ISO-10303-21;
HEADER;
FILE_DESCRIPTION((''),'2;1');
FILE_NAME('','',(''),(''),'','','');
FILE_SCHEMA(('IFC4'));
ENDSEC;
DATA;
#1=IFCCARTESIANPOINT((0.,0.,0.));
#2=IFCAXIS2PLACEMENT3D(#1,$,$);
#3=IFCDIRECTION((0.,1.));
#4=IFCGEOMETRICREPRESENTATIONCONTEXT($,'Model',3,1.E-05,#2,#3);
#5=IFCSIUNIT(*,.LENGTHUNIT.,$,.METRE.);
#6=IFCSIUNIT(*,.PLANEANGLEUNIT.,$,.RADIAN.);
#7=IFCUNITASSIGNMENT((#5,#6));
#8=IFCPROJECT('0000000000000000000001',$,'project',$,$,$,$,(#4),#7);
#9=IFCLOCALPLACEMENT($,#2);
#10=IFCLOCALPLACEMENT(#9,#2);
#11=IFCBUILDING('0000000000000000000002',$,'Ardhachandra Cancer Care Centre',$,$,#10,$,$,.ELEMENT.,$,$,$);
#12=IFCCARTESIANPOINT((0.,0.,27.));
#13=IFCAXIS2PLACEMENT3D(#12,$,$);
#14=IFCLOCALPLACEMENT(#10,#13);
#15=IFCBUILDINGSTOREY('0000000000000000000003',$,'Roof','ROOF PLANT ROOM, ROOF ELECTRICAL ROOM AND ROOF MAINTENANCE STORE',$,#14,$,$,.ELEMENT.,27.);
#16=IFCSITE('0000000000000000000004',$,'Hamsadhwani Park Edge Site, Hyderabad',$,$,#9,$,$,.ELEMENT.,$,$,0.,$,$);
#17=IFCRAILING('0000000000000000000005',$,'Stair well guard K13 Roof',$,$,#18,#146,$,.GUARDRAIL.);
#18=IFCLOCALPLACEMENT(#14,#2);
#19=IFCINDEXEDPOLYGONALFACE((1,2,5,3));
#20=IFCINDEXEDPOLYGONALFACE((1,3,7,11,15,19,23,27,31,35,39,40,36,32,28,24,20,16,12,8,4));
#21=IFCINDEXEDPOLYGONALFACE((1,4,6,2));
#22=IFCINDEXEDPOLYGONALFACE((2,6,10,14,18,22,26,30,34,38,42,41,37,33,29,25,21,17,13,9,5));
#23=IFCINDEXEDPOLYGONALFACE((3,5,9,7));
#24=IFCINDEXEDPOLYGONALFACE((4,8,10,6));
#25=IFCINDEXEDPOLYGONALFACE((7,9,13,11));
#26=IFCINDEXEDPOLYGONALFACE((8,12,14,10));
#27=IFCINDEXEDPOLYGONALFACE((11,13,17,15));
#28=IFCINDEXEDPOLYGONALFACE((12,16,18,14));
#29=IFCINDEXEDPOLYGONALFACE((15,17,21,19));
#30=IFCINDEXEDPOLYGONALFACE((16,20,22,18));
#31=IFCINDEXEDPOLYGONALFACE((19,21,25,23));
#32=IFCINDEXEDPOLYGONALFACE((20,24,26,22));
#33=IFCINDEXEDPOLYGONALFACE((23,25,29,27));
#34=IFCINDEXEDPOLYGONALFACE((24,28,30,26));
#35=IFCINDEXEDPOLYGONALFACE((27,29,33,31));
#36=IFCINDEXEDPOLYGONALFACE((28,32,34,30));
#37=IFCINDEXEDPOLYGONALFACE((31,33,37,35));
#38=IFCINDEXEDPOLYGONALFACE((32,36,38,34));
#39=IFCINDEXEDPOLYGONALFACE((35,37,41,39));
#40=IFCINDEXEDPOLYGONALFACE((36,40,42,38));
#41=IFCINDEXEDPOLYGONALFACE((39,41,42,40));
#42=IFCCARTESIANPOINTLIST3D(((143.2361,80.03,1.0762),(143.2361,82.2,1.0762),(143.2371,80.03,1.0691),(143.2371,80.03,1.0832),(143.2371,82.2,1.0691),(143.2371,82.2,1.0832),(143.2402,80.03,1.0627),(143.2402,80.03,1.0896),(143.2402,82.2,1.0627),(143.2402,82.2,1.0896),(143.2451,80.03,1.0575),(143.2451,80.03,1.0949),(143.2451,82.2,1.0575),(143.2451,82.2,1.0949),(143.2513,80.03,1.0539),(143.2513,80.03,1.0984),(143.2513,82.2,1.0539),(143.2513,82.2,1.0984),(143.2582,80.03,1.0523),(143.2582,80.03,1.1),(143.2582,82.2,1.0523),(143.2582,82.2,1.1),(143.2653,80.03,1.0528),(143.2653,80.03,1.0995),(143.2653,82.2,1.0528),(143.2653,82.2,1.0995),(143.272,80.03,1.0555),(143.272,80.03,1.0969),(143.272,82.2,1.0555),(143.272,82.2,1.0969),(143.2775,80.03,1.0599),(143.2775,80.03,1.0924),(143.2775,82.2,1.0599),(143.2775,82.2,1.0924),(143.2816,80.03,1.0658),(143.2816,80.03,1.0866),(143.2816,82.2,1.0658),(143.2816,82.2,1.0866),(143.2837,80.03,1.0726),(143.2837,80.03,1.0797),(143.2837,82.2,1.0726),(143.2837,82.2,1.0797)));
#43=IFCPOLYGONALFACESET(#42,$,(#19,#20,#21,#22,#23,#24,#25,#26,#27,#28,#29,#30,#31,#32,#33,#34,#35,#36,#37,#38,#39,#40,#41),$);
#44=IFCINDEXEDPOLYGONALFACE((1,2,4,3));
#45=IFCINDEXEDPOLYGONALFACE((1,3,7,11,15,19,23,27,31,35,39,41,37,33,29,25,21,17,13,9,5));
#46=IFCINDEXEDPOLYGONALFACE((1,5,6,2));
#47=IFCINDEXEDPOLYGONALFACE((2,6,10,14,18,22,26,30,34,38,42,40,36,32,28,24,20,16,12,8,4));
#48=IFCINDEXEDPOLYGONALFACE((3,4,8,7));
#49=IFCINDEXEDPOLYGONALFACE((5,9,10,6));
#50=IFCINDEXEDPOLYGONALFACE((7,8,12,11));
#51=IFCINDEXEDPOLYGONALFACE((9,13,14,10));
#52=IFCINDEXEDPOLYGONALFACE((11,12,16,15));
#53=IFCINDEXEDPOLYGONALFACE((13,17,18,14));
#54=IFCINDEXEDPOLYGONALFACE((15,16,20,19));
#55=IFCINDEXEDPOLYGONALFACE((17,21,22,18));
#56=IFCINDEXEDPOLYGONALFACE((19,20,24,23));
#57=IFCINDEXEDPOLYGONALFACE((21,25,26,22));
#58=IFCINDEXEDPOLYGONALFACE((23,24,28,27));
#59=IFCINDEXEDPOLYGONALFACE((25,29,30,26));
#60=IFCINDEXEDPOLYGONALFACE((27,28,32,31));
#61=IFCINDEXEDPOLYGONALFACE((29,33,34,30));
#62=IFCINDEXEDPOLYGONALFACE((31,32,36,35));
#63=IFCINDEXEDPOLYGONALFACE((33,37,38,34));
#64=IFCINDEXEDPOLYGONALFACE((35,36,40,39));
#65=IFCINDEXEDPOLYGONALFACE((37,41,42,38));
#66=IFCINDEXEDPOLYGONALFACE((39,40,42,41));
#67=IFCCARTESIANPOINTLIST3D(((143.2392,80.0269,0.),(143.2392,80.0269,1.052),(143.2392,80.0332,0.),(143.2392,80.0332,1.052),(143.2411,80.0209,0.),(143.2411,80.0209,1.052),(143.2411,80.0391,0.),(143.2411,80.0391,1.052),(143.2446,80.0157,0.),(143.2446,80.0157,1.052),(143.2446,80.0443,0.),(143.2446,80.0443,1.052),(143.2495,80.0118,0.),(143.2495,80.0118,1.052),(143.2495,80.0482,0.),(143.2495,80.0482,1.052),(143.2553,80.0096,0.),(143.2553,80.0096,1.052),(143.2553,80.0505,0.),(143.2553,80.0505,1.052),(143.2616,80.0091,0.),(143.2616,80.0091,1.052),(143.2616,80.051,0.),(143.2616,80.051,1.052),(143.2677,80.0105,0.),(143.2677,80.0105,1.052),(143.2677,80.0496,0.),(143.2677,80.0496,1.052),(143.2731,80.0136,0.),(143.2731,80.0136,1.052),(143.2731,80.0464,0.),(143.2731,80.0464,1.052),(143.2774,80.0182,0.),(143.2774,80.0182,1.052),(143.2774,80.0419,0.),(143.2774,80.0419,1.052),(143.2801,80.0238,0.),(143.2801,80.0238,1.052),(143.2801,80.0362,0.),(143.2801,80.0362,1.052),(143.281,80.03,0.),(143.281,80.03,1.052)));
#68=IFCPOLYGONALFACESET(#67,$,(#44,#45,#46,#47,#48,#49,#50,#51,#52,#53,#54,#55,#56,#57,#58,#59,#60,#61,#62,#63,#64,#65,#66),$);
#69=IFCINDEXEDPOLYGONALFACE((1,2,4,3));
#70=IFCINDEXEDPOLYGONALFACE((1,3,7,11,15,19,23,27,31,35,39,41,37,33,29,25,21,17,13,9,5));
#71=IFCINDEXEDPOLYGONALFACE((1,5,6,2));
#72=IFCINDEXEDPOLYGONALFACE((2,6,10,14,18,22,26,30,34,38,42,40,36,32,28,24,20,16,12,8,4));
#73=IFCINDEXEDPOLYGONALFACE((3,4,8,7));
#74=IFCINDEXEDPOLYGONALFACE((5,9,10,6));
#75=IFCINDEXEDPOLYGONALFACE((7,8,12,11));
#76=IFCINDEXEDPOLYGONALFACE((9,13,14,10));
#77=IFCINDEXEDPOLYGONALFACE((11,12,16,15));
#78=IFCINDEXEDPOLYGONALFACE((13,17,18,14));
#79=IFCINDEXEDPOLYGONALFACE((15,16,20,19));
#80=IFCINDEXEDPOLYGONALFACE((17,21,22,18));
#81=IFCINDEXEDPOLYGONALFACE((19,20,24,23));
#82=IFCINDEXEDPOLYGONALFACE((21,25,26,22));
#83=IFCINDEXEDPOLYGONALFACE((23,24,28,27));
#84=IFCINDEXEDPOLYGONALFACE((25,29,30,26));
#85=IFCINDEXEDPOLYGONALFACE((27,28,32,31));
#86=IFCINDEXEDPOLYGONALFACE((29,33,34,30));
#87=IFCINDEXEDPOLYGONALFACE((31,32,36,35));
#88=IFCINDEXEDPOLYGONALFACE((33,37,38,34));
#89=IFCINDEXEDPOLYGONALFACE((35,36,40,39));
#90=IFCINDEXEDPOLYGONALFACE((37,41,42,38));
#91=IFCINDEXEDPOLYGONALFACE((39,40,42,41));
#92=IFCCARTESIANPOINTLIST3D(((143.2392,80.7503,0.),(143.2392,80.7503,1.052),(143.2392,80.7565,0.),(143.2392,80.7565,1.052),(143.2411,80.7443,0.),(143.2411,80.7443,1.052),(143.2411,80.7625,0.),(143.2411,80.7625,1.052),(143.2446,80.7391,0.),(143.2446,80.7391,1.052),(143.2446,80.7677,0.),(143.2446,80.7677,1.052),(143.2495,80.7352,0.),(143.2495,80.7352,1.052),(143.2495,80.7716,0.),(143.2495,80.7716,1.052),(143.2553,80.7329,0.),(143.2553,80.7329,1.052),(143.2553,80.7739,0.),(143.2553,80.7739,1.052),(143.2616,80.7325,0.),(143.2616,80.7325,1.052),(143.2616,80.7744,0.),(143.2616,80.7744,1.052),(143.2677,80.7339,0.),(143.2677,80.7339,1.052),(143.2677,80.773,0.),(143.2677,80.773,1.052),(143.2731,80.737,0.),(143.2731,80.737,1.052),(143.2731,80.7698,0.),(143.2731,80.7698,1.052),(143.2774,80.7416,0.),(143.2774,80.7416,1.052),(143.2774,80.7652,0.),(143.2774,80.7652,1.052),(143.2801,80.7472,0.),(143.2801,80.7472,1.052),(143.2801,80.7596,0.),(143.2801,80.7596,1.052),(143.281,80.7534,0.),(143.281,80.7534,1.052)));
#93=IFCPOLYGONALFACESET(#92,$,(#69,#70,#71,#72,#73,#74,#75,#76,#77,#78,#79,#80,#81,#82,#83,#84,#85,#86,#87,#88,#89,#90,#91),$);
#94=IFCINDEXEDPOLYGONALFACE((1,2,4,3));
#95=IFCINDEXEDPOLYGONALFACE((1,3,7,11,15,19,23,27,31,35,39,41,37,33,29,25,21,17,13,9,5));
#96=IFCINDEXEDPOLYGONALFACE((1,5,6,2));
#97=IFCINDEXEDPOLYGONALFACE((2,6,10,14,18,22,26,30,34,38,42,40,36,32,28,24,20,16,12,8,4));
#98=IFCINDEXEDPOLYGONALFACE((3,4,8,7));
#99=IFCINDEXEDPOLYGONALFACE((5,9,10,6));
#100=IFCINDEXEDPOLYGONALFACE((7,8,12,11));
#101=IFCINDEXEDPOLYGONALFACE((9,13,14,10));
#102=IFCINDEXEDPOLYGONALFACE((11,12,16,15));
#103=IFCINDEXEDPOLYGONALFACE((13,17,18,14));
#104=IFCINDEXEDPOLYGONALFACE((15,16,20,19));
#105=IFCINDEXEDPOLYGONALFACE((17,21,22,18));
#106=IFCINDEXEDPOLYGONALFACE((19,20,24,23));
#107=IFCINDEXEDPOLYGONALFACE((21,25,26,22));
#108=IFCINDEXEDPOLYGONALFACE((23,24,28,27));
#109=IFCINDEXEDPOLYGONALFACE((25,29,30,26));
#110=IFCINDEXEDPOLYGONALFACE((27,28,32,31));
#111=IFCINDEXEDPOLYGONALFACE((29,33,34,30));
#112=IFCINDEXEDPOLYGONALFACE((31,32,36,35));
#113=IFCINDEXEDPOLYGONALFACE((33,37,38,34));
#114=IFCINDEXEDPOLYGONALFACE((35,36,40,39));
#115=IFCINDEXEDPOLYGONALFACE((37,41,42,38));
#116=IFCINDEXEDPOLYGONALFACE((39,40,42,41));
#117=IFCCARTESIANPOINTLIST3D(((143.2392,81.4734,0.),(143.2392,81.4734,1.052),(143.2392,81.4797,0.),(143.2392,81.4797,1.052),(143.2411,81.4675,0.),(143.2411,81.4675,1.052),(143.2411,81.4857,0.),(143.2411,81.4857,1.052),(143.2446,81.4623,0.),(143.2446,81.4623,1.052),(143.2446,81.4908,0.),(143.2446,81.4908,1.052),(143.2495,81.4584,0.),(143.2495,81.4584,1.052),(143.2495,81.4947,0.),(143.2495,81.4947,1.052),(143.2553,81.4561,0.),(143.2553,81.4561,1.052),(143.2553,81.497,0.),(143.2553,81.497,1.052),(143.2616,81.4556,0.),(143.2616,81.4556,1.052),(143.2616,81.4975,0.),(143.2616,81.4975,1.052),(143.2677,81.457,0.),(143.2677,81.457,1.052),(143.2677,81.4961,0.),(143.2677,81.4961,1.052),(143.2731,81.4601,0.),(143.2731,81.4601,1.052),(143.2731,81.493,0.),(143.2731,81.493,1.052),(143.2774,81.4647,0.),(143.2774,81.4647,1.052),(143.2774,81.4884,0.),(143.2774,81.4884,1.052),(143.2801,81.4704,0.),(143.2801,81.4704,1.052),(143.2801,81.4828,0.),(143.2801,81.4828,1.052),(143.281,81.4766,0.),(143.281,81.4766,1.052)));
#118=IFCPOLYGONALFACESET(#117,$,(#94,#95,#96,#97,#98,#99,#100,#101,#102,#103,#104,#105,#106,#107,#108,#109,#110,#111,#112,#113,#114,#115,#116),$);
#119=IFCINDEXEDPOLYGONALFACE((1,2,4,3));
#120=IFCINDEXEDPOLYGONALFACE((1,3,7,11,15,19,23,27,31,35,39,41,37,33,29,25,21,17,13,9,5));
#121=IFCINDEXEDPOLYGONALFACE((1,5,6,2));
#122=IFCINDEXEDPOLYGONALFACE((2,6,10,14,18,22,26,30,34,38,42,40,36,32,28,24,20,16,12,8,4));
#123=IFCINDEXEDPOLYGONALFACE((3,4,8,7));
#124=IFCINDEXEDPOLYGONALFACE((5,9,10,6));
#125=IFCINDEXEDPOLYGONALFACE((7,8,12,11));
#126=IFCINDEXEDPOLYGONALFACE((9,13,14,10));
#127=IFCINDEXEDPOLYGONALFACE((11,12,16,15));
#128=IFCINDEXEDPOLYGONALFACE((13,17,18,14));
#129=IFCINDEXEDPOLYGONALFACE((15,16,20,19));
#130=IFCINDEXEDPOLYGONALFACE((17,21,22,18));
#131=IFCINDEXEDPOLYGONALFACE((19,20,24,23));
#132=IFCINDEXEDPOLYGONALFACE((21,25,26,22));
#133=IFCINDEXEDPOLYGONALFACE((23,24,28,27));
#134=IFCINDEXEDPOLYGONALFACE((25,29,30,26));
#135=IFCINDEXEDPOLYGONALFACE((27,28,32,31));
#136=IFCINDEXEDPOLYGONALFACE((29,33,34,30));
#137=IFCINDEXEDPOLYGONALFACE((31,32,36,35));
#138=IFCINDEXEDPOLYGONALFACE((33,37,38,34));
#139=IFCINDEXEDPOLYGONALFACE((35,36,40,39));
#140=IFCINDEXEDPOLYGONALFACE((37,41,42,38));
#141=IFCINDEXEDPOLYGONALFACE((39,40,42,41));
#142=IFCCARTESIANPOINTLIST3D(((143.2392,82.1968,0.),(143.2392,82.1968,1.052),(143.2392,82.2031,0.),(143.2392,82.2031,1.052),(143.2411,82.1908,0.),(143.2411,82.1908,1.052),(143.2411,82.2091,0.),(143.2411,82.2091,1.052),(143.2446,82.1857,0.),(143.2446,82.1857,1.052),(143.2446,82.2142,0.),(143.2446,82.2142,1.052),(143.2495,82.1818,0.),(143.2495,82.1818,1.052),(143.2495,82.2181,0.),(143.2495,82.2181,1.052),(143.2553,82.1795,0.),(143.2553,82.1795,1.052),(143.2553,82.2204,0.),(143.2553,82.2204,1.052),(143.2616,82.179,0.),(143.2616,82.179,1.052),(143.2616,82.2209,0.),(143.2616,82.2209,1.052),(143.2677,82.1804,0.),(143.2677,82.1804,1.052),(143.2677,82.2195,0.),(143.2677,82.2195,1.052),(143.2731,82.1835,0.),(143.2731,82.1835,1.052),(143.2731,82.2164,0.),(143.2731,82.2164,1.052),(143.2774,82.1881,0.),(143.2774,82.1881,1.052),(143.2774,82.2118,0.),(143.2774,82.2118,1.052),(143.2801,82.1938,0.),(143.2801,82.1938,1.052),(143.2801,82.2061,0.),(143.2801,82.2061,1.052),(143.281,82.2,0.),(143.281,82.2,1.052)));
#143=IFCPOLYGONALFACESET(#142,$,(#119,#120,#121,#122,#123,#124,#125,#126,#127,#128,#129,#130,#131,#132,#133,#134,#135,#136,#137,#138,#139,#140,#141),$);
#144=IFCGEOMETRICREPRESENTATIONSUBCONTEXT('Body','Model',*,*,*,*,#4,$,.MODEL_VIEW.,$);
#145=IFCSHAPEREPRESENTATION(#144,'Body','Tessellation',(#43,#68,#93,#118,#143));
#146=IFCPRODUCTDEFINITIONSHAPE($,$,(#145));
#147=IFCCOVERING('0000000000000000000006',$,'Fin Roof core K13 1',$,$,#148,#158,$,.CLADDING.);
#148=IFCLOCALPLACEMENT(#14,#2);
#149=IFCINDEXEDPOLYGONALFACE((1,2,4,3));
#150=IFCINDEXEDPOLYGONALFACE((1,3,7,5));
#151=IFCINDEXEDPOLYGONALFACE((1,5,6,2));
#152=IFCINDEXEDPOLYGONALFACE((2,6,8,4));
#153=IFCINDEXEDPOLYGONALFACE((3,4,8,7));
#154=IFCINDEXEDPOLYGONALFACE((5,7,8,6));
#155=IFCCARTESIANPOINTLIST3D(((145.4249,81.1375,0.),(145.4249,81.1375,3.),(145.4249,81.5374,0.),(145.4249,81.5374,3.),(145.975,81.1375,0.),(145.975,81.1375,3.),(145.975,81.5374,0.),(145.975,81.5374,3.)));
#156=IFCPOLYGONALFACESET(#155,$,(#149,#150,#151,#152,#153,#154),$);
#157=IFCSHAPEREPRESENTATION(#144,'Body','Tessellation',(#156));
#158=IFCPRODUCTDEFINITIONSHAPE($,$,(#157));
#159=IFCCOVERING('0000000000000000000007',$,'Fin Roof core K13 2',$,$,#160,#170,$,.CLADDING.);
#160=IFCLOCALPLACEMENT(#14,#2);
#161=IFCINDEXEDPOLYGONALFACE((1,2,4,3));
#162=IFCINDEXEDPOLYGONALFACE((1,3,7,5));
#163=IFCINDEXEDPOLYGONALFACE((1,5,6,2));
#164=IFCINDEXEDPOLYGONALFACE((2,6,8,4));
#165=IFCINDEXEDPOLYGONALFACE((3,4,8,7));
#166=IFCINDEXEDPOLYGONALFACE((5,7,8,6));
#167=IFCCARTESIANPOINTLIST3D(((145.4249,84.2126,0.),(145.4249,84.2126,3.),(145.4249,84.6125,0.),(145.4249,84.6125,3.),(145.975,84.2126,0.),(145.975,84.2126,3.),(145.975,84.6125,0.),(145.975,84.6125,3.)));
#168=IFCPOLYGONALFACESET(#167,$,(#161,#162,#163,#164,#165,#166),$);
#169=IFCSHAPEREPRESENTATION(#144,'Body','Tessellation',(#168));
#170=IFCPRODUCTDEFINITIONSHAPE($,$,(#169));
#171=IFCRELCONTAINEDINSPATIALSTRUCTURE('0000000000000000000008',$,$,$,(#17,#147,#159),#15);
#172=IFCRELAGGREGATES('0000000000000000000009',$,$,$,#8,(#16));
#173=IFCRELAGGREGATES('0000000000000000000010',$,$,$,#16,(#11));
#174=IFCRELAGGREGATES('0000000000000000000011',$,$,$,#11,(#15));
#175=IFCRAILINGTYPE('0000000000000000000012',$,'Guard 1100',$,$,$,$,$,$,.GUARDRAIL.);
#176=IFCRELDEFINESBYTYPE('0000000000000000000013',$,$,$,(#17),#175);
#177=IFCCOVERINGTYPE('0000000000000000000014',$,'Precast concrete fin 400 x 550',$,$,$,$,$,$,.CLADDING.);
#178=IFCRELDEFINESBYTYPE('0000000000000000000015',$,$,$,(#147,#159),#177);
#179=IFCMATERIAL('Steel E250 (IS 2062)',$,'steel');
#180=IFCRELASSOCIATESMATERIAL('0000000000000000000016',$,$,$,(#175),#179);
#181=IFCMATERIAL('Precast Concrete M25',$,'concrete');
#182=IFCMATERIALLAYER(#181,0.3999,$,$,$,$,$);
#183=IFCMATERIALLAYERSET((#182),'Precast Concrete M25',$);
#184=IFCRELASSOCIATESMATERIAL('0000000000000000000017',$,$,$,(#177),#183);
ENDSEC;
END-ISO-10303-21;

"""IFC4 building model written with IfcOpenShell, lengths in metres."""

from ifc_helpers import new_model, si_unit, direction, frame, origin, origin_2d, place, context, subcontext, project, spatial, rectangle, circle, extrude, material, layer, layer_set, type_object, element, save


model = new_model("IFC4")

# Units and contexts
model_context = context("Model", 3, precision=1e-05, world=origin(), true_north=direction((0.0, 1.0)))
body_context = subcontext(model_context, "Body", "Model", "MODEL_VIEW")
ifc_project = project(units=[si_unit("LENGTHUNIT", "METRE"), si_unit("PLANEANGLEUNIT", "RADIAN")], contexts=[model_context])

# Site, building, storey
site_placement = place(None, origin())
site = spatial("IfcSite", under=ifc_project, at=site_placement, Name="Hamsadhwani Park Edge Site, Hyderabad", CompositionType="ELEMENT", RefElevation=0.0)
building_placement = place(site_placement, origin())
building = spatial("IfcBuilding", under=site, at=building_placement, Name="Ardhachandra Cancer Care Centre", CompositionType="ELEMENT")
storey_placement = place(building_placement, frame((0.0, 0.0, 27.0)))
storey = spatial("IfcBuildingStorey", under=building, at=storey_placement, Name="Roof", Description="ROOF PLANT ROOM, ROOF ELECTRICAL ROOM AND ROOF MAINTENANCE STORE", CompositionType="ELEMENT", Elevation=27.0)

# Railing
ifc_material_1 = material(Name="Steel E250 (IS 2062)", Category="steel")
railing_type = type_object("IfcRailingType", Name="Guard 1100", PredefinedType="GUARDRAIL", material=ifc_material_1)
railing_placement = place(storey_placement, frame((143.26, 80.03, 0.0)))
element("IfcRailing", 1, at=railing_placement, inside=storey, type_object=railing_type, Name="Stair well guard K13 Roof", PredefinedType="GUARDRAIL", context=body_context, shape_type="SweptSolid", body=[
    extrude(circle(Radius=0.0239, at=origin_2d()), frame((0.0, 0.0, 1.0762), z_axis=(0.0, 1.0, 0.0), x_axis=(-1.0, 0.0, 0.0)), (0.0, 0.0, 1.0), 2.1699),
    extrude(circle(Radius=0.021, at=origin_2d()), origin(), (0.0, 0.0, 1.0), 1.052),
    extrude(circle(Radius=0.021, at=origin_2d()), frame((0.0, 0.7234, 0.0)), (0.0, 0.0, 1.0), 1.052),
    extrude(circle(Radius=0.021, at=origin_2d()), frame((0.0, 1.4465, 0.0)), (0.0, 0.0, 1.0), 1.052),
    extrude(circle(Radius=0.021, at=origin_2d()), frame((0.0, 2.1699, 0.0)), (0.0, 0.0, 1.0), 1.052),
])

# Coverings
ifc_material_2 = material(Name="Precast Concrete M25", Category="concrete")
ifc_layer_1 = layer(ifc_material_2, 0.3999)
ifc_layer_set_1 = layer_set([ifc_layer_1], Name="Precast Concrete M25")
covering_type = type_object("IfcCoveringType", Name="Precast concrete fin 400 x 550", PredefinedType="CLADDING", material=ifc_layer_set_1)
for number, where, z_axis, x_axis, name in (
    (2, (145.7, 81.3374, 0.0), (0.0, 0.0, 1.0), (0.0, 1.0, 0.0), "Fin Roof core K13 1"),
    (3, (145.7, 84.4126, 0.0), (0.0, 0.0, 1.0), (0.0, 1.0, 0.0), "Fin Roof core K13 2"),
):
    element("IfcCovering", number, at=place(storey_placement, frame(where, z_axis=z_axis, x_axis=x_axis)), inside=storey, type_object=covering_type, Name=name, PredefinedType="CLADDING", context=body_context, shape_type="SweptSolid", body=[
        extrude(rectangle(XDim=0.3999, YDim=0.55, at=origin_2d()), origin(), (0.0, 0.0, 1.0), 3.0),
    ])

save(model, "model.ifc")
